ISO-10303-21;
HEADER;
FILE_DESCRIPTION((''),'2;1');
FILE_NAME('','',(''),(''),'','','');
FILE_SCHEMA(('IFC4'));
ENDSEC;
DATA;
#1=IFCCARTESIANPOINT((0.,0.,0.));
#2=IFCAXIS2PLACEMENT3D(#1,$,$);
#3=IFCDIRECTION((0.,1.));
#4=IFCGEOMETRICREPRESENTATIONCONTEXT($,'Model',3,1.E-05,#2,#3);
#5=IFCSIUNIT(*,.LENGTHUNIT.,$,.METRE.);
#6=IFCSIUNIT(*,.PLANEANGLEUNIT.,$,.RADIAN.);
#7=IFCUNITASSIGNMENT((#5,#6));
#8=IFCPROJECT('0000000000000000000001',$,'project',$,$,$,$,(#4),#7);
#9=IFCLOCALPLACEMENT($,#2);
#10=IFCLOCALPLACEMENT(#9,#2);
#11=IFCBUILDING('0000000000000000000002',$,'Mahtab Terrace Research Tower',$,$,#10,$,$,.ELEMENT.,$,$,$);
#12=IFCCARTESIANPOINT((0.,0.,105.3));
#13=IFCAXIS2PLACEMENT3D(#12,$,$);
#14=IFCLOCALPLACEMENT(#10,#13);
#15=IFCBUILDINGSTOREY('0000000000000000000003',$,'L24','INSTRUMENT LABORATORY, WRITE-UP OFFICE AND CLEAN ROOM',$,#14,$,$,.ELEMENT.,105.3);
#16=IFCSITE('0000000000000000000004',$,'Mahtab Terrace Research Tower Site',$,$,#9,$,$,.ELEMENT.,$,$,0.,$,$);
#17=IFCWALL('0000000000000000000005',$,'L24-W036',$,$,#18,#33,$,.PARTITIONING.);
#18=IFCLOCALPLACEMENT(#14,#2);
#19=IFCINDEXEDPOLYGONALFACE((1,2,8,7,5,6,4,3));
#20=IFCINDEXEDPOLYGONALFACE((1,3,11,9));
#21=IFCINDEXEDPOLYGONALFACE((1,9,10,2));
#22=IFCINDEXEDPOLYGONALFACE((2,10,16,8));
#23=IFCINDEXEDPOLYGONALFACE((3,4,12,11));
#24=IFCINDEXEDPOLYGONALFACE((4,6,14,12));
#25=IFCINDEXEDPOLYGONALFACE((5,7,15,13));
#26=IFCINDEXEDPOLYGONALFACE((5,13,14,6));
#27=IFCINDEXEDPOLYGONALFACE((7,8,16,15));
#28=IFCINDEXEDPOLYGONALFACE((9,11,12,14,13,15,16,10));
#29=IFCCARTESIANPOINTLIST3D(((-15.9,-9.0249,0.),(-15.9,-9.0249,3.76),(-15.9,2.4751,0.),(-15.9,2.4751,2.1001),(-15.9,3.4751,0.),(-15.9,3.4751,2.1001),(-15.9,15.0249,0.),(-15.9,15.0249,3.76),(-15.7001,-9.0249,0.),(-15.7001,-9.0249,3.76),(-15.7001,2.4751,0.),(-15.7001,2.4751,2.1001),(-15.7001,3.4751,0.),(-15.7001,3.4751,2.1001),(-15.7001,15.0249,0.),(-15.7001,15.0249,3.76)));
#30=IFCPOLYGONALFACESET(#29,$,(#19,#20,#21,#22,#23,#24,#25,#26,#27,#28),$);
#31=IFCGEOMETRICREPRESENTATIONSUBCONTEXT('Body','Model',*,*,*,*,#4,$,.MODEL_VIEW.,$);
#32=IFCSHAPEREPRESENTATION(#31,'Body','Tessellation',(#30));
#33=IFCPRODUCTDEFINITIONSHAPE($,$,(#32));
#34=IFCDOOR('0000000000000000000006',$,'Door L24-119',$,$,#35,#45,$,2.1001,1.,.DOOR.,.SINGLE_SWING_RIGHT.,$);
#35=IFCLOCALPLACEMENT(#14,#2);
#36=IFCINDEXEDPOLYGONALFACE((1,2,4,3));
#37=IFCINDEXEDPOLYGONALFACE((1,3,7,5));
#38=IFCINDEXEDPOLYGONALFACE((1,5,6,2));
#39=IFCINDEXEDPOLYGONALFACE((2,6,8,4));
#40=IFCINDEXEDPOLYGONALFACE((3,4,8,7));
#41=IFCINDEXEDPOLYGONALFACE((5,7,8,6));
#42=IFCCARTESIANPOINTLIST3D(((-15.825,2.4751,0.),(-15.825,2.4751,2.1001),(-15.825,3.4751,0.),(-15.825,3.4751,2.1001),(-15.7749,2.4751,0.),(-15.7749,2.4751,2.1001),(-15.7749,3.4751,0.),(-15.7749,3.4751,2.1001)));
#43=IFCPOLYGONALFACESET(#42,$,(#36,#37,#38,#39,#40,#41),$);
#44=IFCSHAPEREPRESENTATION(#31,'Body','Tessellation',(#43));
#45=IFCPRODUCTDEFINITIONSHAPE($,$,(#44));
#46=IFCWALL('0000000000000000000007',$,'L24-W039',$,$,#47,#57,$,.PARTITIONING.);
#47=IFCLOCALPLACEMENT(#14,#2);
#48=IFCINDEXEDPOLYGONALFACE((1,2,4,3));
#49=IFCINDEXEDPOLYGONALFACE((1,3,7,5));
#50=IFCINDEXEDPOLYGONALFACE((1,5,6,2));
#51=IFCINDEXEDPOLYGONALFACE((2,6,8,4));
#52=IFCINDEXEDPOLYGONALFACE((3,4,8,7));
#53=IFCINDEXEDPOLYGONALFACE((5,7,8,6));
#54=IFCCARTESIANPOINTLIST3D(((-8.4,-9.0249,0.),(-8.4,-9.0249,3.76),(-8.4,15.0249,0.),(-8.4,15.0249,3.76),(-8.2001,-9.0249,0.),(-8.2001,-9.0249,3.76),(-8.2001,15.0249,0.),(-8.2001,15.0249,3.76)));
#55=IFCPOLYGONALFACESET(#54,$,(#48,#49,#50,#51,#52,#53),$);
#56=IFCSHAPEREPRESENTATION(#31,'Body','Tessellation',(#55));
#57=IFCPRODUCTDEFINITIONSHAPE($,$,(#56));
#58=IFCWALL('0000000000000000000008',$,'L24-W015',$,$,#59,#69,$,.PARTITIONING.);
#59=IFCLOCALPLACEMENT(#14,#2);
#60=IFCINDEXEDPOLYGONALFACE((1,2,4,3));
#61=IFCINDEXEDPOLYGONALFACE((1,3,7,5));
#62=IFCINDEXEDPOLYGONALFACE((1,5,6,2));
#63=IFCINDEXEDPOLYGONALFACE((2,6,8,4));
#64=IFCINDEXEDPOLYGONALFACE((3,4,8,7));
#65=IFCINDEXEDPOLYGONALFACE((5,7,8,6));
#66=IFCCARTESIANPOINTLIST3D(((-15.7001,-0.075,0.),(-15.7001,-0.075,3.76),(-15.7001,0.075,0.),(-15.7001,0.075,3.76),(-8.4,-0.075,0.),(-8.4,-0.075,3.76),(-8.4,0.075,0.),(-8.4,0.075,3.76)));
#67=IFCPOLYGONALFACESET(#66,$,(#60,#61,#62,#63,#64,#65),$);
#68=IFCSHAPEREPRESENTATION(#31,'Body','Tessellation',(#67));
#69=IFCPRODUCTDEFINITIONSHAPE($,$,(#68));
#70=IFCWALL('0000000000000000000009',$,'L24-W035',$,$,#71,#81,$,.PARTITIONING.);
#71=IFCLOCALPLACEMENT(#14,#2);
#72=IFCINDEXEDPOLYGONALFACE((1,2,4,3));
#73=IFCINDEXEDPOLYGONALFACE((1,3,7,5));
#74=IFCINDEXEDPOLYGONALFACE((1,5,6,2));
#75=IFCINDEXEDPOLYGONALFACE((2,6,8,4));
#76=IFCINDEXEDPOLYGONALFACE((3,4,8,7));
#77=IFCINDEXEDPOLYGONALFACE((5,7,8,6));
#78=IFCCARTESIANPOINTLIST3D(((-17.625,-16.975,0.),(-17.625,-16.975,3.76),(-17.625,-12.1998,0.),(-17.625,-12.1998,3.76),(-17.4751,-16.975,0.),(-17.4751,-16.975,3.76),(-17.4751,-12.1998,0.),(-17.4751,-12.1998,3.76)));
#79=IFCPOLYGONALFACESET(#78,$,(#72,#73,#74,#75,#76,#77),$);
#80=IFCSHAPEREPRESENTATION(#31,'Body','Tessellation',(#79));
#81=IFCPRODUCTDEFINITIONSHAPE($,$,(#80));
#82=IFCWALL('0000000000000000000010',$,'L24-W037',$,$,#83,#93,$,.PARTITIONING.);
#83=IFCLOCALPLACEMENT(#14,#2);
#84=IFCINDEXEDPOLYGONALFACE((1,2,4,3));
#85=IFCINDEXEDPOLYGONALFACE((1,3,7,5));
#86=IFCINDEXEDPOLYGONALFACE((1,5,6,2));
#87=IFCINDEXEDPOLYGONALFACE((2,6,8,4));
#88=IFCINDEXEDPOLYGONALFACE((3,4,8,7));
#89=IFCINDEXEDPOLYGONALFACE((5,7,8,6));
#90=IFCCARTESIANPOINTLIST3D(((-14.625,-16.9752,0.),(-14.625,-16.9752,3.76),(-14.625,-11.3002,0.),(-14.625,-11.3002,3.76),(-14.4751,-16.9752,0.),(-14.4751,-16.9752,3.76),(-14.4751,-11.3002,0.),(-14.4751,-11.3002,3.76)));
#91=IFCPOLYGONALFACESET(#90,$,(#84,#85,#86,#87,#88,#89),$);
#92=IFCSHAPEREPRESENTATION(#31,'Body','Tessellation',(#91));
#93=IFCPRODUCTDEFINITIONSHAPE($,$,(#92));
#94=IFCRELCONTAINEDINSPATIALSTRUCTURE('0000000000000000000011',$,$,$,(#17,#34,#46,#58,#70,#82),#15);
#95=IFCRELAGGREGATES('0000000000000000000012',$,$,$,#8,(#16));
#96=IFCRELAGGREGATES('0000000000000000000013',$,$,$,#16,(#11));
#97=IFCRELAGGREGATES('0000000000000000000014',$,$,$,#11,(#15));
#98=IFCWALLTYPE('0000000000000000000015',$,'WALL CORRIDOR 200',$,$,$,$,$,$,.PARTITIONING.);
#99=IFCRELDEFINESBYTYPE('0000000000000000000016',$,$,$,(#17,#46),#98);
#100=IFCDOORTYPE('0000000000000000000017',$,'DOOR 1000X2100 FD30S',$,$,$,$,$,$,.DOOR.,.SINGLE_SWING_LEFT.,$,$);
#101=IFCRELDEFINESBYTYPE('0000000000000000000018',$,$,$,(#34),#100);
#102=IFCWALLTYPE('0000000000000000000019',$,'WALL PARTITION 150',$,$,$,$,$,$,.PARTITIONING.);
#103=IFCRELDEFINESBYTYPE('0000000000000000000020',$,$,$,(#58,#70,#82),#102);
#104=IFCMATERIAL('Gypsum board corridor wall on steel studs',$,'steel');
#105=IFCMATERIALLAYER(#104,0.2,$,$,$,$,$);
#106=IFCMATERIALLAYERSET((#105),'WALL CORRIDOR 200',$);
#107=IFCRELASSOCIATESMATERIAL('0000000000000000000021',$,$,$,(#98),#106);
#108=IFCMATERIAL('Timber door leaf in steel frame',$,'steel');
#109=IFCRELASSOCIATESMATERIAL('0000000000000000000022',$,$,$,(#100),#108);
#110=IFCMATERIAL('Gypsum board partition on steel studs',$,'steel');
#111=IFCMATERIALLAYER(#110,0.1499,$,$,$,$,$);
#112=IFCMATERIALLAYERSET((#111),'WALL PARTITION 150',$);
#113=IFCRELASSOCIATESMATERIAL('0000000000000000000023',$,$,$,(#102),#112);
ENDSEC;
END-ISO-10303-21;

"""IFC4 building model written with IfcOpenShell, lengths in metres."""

from ifc_helpers import new_model, si_unit, direction, frame, frame_2d, origin, place, context, subcontext, project, spatial, rectangle, extrude, material, layer, layer_set, type_object, element, fill, save


model = new_model("IFC4")

# Units and contexts
model_context = context("Model", 3, precision=1e-05, world=origin(), true_north=direction((0.0, 1.0)))
body_context = subcontext(model_context, "Body", "Model", "MODEL_VIEW")
ifc_project = project(units=[si_unit("LENGTHUNIT", "METRE"), si_unit("PLANEANGLEUNIT", "RADIAN")], contexts=[model_context])

# Site, building, storey
site_placement = place(None, origin())
site = spatial("IfcSite", under=ifc_project, at=site_placement, Name="Mahtab Terrace Research Tower Site", CompositionType="ELEMENT", RefElevation=0.0)
building_placement = place(site_placement, origin())
building = spatial("IfcBuilding", under=site, at=building_placement, Name="Mahtab Terrace Research Tower", CompositionType="ELEMENT")
storey_placement = place(building_placement, frame((0.0, 0.0, 105.3)))
storey = spatial("IfcBuildingStorey", under=building, at=storey_placement, Name="L24", Description="INSTRUMENT LABORATORY, WRITE-UP OFFICE AND CLEAN ROOM", CompositionType="ELEMENT", Elevation=105.3)

# Shared definitions
ifc_material_1 = material(Name="Gypsum board corridor wall on steel studs", Category="steel")
ifc_layer_1 = layer(ifc_material_1, 0.2)
ifc_layer_set_1 = layer_set([ifc_layer_1], Name="WALL CORRIDOR 200")
wall_type_1 = type_object("IfcWallType", Name="WALL CORRIDOR 200", PredefinedType="PARTITIONING", material=ifc_layer_set_1)
ifc_material_2 = material(Name="Timber door leaf in steel frame", Category="steel")

# Wall, opening, door
wall_1_placement = place(storey_placement, frame((-15.8, -9.0249, 0.0), z_axis=(0.0, 0.0, 1.0), x_axis=(0.0, 1.0, 0.0)))
wall_1 = element("IfcWall", 1, at=wall_1_placement, inside=storey, type_object=wall_type_1, Name="L24-W036", PredefinedType="PARTITIONING", context=body_context, shape_type="SweptSolid", body=[
    extrude(rectangle(XDim=24.0498, YDim=0.2, at=frame_2d((12.0249, 0.0))), origin(), (0.0, 0.0, 1.0), 3.76),
])
opening_1_placement = place(wall_1_placement, frame((11.5, 0.0, 0.0)))
opening_1 = element("IfcOpeningElement", 2, at=opening_1_placement, cuts=wall_1, PredefinedType="OPENING", context=body_context, shape_type="SweptSolid", body=[
    extrude(rectangle(XDim=1.0, YDim=2.1001, at=frame_2d((0.5, 1.05))), frame((0.0, 0.1099, 0.0), z_axis=(0.0, -1.0, 0.0), x_axis=(1.0, 0.0, 0.0)), (0.0, 0.0, 1.0), 0.22),
])
door_type_1 = type_object("IfcDoorType", Name="DOOR 1000X2100 FD30S", OperationType="SINGLE_SWING_LEFT", PredefinedType="DOOR", material=ifc_material_2)
door_1_placement = place(opening_1_placement, origin())
door_1 = element("IfcDoor", 3, at=door_1_placement, inside=storey, type_object=door_type_1, Name="Door L24-119", OperationType="SINGLE_SWING_RIGHT", OverallHeight=2.1001, OverallWidth=1.0, PredefinedType="DOOR", context=body_context, shape_type="SweptSolid", body=[
    extrude(rectangle(XDim=1.0, YDim=2.1001, at=frame_2d((0.5, 1.05))), frame((0.0, 0.0249, 0.0), z_axis=(0.0, -1.0, 0.0), x_axis=(1.0, 0.0, 0.0)), (0.0, 0.0, 1.0), 0.05),
])
fill(opening_1, door_1)

# Walls
wall_2_placement = place(storey_placement, frame((-8.3, -9.0249, 0.0), z_axis=(0.0, 0.0, 1.0), x_axis=(0.0, 1.0, 0.0)))
element("IfcWall", 4, at=wall_2_placement, inside=storey, type_object=wall_type_1, Name="L24-W039", PredefinedType="PARTITIONING", context=body_context, shape_type="SweptSolid", body=[
    extrude(rectangle(XDim=24.0498, YDim=0.2, at=frame_2d((12.0249, 0.0))), origin(), (0.0, 0.0, 1.0), 3.76),
])
ifc_material_3 = material(Name="Gypsum board partition on steel studs", Category="steel")
ifc_layer_2 = layer(ifc_material_3, 0.1499)
ifc_layer_set_2 = layer_set([ifc_layer_2], Name="WALL PARTITION 150")
wall_type_2 = type_object("IfcWallType", Name="WALL PARTITION 150", PredefinedType="PARTITIONING", material=ifc_layer_set_2)
wall_3_placement = place(storey_placement, frame((-15.7, 0.0, 0.0), z_axis=(0.0, 0.0, 1.0), x_axis=(1.0, 0.0, 0.0)))
element("IfcWall", 5, at=wall_3_placement, inside=storey, type_object=wall_type_2, Name="L24-W015", PredefinedType="PARTITIONING", context=body_context, shape_type="SweptSolid", body=[
    extrude(rectangle(XDim=7.3, YDim=0.1499, at=frame_2d((3.6499, 0.0))), origin(), (0.0, 0.0, 1.0), 3.76),
])
wall_4_placement = place(storey_placement, frame((-17.55, -16.9751, 0.0), z_axis=(0.0, 0.0, 1.0), x_axis=(0.0, 1.0, 0.0)))
element("IfcWall", 6, at=wall_4_placement, inside=storey, type_object=wall_type_2, Name="L24-W035", PredefinedType="PARTITIONING", context=body_context, shape_type="SweptSolid", body=[
    extrude(rectangle(XDim=4.7751, YDim=0.1499, at=frame_2d((2.3877, 0.0))), origin(), (0.0, 0.0, 1.0), 3.76),
])
wall_5_placement = place(storey_placement, frame((-14.55, -16.9751, 0.0), z_axis=(0.0, 0.0, 1.0), x_axis=(0.0, 1.0, 0.0)))
element("IfcWall", 7, at=wall_5_placement, inside=storey, type_object=wall_type_2, Name="L24-W037", PredefinedType="PARTITIONING", context=body_context, shape_type="SweptSolid", body=[
    extrude(rectangle(XDim=5.675, YDim=0.1499, at=frame_2d((2.8374, 0.0))), origin(), (0.0, 0.0, 1.0), 3.76),
])

save(model, "model.ifc")
